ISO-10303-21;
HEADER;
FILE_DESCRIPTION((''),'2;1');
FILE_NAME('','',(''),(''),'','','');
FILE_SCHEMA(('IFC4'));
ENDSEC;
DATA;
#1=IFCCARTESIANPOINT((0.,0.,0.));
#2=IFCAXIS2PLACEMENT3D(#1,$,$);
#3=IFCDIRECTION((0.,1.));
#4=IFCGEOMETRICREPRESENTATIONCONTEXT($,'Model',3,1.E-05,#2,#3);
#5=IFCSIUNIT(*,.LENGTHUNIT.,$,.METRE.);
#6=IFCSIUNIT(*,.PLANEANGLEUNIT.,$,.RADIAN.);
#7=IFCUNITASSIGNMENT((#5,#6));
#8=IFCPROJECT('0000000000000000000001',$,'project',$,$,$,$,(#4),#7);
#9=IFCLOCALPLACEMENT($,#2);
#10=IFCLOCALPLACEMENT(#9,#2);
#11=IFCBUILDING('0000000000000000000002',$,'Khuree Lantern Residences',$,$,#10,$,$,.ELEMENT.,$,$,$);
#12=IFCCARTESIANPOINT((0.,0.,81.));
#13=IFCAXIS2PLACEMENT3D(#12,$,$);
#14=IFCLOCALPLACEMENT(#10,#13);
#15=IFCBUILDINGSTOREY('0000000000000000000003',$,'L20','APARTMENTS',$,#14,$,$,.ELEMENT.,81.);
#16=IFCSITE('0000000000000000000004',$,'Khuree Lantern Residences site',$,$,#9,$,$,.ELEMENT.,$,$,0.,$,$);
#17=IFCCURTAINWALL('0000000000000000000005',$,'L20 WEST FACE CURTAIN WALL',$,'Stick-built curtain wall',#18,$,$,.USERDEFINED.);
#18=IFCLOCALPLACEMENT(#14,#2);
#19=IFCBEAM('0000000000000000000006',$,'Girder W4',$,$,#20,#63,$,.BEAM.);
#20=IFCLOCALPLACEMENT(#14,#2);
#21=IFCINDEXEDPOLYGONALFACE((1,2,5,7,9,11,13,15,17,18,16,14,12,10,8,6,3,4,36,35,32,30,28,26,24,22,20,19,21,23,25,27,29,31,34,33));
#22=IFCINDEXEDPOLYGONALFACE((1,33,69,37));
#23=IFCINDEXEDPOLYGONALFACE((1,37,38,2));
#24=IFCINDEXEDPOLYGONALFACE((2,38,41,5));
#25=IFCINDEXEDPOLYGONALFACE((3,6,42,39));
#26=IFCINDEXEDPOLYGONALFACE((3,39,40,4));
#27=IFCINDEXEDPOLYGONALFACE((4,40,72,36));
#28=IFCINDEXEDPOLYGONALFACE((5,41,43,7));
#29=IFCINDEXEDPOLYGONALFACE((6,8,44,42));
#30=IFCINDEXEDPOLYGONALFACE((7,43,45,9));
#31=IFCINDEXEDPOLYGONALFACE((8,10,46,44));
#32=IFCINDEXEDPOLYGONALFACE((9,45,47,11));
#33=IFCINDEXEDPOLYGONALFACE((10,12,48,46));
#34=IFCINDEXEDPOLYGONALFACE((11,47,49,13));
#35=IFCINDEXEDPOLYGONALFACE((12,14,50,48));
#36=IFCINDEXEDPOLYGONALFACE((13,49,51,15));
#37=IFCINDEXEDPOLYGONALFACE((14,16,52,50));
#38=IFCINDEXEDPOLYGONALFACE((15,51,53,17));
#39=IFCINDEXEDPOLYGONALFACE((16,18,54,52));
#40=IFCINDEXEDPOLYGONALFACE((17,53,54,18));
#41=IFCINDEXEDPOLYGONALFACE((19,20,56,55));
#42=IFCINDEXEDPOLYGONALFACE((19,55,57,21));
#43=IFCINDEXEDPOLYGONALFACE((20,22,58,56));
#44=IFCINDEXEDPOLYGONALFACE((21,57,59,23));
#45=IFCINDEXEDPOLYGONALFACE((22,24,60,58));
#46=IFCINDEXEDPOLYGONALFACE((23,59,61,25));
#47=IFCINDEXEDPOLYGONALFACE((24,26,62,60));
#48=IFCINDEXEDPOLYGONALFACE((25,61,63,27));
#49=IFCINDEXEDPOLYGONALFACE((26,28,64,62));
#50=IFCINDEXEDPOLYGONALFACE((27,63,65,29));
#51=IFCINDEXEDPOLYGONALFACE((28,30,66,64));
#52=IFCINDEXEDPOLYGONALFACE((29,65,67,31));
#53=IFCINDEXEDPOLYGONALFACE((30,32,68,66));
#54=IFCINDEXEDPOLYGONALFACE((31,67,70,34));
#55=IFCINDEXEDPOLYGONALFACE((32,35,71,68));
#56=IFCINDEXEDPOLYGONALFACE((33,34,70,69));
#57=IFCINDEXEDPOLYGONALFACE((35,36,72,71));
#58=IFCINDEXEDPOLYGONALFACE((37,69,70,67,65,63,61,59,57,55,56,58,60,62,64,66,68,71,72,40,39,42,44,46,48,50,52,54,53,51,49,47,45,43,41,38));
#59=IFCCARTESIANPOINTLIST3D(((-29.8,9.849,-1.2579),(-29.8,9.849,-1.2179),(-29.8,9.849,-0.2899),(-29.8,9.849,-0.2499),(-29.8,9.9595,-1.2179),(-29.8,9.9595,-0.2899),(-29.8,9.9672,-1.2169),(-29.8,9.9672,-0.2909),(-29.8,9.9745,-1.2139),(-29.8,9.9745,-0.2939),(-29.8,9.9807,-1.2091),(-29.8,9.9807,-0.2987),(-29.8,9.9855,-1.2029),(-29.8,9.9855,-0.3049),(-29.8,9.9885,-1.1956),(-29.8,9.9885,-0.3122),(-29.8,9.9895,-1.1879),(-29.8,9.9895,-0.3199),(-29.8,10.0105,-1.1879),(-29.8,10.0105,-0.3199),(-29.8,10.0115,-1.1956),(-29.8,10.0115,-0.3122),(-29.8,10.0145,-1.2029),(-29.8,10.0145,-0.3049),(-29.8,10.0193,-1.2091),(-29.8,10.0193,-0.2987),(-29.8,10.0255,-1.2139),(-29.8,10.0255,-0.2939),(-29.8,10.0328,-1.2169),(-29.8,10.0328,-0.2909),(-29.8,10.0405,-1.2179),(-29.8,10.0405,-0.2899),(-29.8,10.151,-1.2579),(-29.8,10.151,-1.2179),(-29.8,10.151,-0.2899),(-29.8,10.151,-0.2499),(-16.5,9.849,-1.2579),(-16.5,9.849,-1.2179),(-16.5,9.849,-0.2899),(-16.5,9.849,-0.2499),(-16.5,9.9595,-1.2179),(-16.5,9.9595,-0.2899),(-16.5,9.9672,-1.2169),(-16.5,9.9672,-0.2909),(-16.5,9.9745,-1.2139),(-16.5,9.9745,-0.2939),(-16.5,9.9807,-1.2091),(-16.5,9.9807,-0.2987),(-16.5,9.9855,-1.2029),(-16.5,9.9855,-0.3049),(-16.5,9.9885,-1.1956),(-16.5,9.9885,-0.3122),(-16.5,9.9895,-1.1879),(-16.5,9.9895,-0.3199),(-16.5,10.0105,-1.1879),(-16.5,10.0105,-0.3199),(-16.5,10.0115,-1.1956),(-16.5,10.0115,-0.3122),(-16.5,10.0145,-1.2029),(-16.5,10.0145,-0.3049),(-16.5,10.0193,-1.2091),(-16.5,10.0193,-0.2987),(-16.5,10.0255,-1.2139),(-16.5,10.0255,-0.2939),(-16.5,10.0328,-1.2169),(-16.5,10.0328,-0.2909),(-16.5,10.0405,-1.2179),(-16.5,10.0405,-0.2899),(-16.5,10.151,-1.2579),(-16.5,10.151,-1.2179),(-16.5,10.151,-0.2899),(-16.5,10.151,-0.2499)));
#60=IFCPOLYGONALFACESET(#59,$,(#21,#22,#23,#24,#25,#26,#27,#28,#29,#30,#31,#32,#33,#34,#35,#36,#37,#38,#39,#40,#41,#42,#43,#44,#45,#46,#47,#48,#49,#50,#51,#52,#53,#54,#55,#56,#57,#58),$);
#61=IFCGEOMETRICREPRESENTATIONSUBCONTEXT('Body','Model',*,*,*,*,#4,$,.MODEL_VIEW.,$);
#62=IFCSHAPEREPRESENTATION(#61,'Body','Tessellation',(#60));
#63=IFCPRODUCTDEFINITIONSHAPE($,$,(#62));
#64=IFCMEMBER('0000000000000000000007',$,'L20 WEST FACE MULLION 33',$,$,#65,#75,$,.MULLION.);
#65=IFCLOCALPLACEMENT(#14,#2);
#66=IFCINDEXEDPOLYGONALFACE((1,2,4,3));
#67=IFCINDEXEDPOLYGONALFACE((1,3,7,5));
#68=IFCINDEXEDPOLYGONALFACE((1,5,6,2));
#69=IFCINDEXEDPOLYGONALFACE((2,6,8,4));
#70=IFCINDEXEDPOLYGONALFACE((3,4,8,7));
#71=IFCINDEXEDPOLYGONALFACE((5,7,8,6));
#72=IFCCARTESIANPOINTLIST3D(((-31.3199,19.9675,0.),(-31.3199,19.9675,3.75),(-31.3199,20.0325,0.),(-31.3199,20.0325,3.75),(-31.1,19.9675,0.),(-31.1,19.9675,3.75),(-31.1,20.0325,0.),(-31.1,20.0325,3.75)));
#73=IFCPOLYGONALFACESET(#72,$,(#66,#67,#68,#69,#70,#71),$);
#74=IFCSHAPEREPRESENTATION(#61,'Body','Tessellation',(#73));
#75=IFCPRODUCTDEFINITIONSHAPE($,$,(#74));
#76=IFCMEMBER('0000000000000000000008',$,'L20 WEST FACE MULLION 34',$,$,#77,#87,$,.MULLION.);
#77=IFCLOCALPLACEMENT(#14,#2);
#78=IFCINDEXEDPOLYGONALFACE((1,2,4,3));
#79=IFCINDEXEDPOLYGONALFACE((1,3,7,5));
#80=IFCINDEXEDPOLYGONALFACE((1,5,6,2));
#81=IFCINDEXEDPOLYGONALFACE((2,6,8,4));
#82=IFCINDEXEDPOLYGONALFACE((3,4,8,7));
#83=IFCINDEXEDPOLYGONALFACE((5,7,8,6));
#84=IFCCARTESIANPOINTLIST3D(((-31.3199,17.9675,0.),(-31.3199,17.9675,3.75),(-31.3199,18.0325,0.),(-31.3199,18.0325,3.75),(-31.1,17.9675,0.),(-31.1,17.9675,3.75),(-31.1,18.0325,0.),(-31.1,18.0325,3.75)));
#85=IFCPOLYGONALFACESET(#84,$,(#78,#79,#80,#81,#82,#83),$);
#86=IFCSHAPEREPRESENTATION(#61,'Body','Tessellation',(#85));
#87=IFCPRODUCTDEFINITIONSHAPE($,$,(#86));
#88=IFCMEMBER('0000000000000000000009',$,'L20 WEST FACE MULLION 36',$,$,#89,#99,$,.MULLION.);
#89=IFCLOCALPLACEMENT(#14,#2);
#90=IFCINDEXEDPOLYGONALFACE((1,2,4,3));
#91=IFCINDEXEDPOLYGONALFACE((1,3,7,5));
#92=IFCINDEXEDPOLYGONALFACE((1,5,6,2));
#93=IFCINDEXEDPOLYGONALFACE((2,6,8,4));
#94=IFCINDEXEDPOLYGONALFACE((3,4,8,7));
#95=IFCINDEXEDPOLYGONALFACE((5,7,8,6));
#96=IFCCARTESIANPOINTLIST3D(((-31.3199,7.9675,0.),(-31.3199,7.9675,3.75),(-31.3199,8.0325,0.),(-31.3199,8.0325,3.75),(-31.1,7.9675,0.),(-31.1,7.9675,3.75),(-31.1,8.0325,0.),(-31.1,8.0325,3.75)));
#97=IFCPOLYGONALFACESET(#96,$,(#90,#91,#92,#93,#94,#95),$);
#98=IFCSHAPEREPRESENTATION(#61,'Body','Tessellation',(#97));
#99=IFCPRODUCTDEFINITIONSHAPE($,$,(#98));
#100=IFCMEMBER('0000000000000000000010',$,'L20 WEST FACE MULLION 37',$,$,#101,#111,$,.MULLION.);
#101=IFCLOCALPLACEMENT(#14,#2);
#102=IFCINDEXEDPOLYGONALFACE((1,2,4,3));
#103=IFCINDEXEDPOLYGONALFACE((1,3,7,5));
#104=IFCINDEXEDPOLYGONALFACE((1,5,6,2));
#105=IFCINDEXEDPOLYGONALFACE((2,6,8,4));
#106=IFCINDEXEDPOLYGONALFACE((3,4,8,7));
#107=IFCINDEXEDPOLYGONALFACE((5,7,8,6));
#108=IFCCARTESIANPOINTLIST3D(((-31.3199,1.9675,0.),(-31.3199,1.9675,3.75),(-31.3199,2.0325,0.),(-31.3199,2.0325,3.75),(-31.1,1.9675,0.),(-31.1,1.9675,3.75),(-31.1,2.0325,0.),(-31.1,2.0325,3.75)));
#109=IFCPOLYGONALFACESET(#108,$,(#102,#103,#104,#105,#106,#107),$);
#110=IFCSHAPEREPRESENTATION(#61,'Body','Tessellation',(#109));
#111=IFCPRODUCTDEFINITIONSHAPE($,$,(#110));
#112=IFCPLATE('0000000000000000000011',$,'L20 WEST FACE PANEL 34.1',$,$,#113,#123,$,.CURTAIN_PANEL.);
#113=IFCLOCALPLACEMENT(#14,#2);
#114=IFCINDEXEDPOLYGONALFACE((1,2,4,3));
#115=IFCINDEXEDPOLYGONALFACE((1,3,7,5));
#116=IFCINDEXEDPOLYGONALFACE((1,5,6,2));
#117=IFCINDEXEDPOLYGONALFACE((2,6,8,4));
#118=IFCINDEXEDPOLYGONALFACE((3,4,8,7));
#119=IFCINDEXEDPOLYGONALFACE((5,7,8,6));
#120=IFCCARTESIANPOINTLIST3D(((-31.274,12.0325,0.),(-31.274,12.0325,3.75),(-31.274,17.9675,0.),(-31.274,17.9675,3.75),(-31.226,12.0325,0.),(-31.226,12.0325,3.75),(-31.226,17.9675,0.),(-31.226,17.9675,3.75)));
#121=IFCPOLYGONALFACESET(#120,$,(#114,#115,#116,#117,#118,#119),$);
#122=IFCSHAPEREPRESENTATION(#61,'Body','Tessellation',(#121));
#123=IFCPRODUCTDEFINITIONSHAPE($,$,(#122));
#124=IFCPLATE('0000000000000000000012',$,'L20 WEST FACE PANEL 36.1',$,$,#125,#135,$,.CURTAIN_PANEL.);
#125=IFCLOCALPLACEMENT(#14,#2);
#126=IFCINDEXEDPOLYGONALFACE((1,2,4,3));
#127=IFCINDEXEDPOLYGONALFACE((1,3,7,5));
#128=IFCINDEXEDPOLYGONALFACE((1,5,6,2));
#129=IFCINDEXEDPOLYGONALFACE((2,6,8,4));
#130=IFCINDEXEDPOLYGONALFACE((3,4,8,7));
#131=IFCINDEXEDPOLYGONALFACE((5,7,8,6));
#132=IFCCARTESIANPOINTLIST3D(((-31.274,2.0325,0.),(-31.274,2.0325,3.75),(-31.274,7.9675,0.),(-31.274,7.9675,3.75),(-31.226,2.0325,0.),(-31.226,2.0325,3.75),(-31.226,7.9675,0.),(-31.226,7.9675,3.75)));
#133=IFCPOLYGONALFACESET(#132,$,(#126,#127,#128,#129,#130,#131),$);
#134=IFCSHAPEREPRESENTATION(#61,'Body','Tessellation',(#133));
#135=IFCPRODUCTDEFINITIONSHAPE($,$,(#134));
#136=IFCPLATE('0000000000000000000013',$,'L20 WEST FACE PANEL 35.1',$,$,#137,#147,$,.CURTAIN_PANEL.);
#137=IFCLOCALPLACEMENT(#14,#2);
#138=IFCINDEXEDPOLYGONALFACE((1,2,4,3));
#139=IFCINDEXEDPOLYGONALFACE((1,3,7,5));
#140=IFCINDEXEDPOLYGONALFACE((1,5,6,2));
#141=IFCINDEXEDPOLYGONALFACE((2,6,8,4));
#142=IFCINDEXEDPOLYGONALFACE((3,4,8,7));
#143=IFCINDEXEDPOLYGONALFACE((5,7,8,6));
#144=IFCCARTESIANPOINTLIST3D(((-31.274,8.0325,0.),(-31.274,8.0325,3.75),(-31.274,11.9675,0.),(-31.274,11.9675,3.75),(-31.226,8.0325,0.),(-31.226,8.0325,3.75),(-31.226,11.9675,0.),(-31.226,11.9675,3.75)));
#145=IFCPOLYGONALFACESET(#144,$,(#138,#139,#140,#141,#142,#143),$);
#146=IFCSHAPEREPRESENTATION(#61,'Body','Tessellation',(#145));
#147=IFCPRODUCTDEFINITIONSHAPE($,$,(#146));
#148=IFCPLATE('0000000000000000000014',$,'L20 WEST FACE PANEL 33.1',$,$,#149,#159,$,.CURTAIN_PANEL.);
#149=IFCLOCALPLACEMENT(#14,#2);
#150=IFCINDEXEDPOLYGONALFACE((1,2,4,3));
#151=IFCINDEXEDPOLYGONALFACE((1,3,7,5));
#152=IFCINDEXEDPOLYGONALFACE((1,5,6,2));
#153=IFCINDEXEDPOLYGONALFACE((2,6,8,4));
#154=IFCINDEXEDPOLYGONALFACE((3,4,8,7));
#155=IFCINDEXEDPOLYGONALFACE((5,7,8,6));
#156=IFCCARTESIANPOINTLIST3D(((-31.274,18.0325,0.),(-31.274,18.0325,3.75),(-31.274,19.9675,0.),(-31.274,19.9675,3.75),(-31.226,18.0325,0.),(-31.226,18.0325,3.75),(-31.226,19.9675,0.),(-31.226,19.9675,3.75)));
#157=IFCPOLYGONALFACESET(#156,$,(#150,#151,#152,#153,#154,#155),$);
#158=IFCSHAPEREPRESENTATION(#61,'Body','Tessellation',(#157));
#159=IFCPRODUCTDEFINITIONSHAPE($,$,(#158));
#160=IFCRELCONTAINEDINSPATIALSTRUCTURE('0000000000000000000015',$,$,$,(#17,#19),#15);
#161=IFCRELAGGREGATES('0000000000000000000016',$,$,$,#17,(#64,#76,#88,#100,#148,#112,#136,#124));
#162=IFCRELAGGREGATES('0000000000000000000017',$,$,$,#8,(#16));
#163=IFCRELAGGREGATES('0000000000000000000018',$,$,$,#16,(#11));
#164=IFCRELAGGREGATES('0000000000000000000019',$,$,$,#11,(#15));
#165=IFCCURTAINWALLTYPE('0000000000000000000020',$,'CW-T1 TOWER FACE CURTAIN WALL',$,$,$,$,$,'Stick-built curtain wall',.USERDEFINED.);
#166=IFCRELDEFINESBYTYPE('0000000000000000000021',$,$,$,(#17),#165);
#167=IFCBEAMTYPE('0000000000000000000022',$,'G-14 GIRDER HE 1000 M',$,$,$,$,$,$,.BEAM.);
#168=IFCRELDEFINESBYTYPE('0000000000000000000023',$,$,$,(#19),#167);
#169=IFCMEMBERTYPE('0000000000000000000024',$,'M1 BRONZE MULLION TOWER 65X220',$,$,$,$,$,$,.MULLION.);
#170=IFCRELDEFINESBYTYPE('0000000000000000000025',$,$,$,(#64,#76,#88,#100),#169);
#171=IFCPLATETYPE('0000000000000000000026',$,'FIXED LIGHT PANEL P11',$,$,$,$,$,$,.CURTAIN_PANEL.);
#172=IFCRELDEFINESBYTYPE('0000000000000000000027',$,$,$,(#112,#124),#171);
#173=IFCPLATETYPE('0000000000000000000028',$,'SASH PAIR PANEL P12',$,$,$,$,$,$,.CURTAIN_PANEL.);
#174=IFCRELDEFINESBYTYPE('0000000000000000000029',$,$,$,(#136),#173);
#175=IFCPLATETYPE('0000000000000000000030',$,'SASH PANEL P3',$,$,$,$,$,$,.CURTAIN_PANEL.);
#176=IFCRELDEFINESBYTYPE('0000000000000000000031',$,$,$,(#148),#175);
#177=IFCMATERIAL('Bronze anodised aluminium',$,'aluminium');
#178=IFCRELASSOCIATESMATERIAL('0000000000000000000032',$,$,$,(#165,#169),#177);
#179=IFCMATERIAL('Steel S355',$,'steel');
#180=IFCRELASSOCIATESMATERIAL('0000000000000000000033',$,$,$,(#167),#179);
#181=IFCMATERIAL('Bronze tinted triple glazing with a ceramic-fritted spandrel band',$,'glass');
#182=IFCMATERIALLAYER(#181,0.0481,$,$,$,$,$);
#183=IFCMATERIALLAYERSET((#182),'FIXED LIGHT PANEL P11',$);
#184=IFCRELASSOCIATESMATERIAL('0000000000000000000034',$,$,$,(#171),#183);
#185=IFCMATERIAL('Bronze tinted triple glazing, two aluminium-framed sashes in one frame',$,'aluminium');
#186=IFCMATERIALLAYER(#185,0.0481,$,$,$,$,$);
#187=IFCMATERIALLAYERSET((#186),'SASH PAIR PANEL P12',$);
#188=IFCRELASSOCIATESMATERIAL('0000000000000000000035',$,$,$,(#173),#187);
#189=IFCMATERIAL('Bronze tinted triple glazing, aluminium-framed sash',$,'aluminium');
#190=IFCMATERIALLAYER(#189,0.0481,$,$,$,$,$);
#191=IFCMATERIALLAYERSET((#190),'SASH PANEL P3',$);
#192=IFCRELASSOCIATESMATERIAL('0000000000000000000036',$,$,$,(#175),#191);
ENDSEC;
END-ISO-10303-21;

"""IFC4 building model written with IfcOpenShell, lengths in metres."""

from ifc_helpers import new_model, si_unit, direction, frame, origin, origin_2d, place, context, subcontext, project, spatial, rectangle, i_section, extrude, material, layer, layer_set, material_profile, profile_set, type_object, element, aggregate, save


model = new_model("IFC4")

# Units and contexts
model_context = context("Model", 3, precision=1e-05, world=origin(), true_north=direction((0.0, 1.0)))
body_context = subcontext(model_context, "Body", "Model", "MODEL_VIEW")
ifc_project = project(units=[si_unit("LENGTHUNIT", "METRE"), si_unit("PLANEANGLEUNIT", "RADIAN")], contexts=[model_context])

# Site, building, storey
site_placement = place(None, origin())
site = spatial("IfcSite", under=ifc_project, at=site_placement, Name="Khuree Lantern Residences site", CompositionType="ELEMENT", RefElevation=0.0)
building_placement = place(site_placement, origin())
building = spatial("IfcBuilding", under=site, at=building_placement, Name="Khuree Lantern Residences", CompositionType="ELEMENT")
storey_placement = place(building_placement, frame((0.0, 0.0, 81.0)))
storey = spatial("IfcBuildingStorey", under=building, at=storey_placement, Name="L20", Description="APARTMENTS", CompositionType="ELEMENT", Elevation=81.0)

# Shared definitions
ifc_material_1 = material(Name="Steel S355", Category="steel")

# Curtain wall
ifc_material_2 = material(Name="Bronze anodised aluminium", Category="aluminium")
curtain_wall_type = type_object("IfcCurtainWallType", Name="CW-T1 TOWER FACE CURTAIN WALL", ElementType="Stick-built curtain wall", PredefinedType="USERDEFINED", material=ifc_material_2)
curtain_wall_placement = place(storey_placement, origin())
curtain_wall = element("IfcCurtainWall", 1, at=curtain_wall_placement, inside=storey, type_object=curtain_wall_type, Name="L20 WEST FACE CURTAIN WALL", ObjectType="Stick-built curtain wall", PredefinedType="USERDEFINED")

# Beam
ifc_material_profile_1 = material_profile(ifc_material_1, i_section(OverallWidth=0.302, OverallDepth=1.0081, WebThickness=0.021, FlangeThickness=0.04, FilletRadius=0.03, at=origin_2d()), Name="HE 1000 M")
ifc_profile_set_1 = profile_set([ifc_material_profile_1], Name="Steel S355")
beam_type_1 = type_object("IfcBeamType", Name="G-14 GIRDER HE 1000 M", PredefinedType="BEAM", material=ifc_profile_set_1)
beam_1_placement = place(storey_placement, frame((-29.8, 10.0, -0.7539), z_axis=(1.0, 0.0, 0.0), x_axis=(0.0, 1.0, 0.0)))
element("IfcBeam", 2, at=beam_1_placement, inside=storey, type_object=beam_type_1, Name="Girder W4", PredefinedType="BEAM", context=body_context, shape_type="SweptSolid", body=[
    extrude(i_section(OverallWidth=0.302, OverallDepth=1.0081, WebThickness=0.021, FlangeThickness=0.04, FilletRadius=0.03, at=origin_2d()), origin(), (0.0, 0.0, 1.0), 13.3),
])

# Members
ifc_material_profile_2 = material_profile(ifc_material_2, rectangle(XDim=0.0649, YDim=0.22, at=origin_2d()), Name="M1 65X220")
ifc_profile_set_2 = profile_set([ifc_material_profile_2], Name="Bronze anodised aluminium")
member_type_1 = type_object("IfcMemberType", Name="M1 BRONZE MULLION TOWER 65X220", PredefinedType="MULLION", material=ifc_profile_set_2)
member_1_placement = place(storey_placement, frame((-31.21, 20.0, 0.0), z_axis=(0.0, 0.0, 1.0), x_axis=(0.0, -1.0, 0.0)))
member_1 = element("IfcMember", 3, at=member_1_placement, type_object=member_type_1, Name="L20 WEST FACE MULLION 33", PredefinedType="MULLION", context=body_context, shape_type="SweptSolid", body=[
    extrude(rectangle(XDim=0.0649, YDim=0.22, at=origin_2d()), origin(), (0.0, 0.0, 1.0), 3.75),
])
member_2_placement = place(storey_placement, frame((-31.21, 18.0, 0.0), z_axis=(0.0, 0.0, 1.0), x_axis=(0.0, -1.0, 0.0)))
member_2 = element("IfcMember", 4, at=member_2_placement, type_object=member_type_1, Name="L20 WEST FACE MULLION 34", PredefinedType="MULLION", context=body_context, shape_type="SweptSolid", body=[
    extrude(rectangle(XDim=0.0649, YDim=0.22, at=origin_2d()), origin(), (0.0, 0.0, 1.0), 3.75),
])
member_3_placement = place(storey_placement, frame((-31.21, 8.0, 0.0), z_axis=(0.0, 0.0, 1.0), x_axis=(0.0, -1.0, 0.0)))
member_3 = element("IfcMember", 5, at=member_3_placement, type_object=member_type_1, Name="L20 WEST FACE MULLION 36", PredefinedType="MULLION", context=body_context, shape_type="SweptSolid", body=[
    extrude(rectangle(XDim=0.0649, YDim=0.22, at=origin_2d()), origin(), (0.0, 0.0, 1.0), 3.75),
])
member_4_placement = place(storey_placement, frame((-31.21, 2.0, 0.0), z_axis=(0.0, 0.0, 1.0), x_axis=(0.0, -1.0, 0.0)))
member_4 = element("IfcMember", 6, at=member_4_placement, type_object=member_type_1, Name="L20 WEST FACE MULLION 37", PredefinedType="MULLION", context=body_context, shape_type="SweptSolid", body=[
    extrude(rectangle(XDim=0.0649, YDim=0.22, at=origin_2d()), origin(), (0.0, 0.0, 1.0), 3.75),
])

# Plates
ifc_material_3 = material(Name="Bronze tinted triple glazing with a ceramic-fritted spandrel band", Category="glass")
ifc_layer_1 = layer(ifc_material_3, 0.0481)
ifc_layer_set_1 = layer_set([ifc_layer_1], Name="FIXED LIGHT PANEL P11")
plate_type_1 = type_object("IfcPlateType", Name="FIXED LIGHT PANEL P11", PredefinedType="CURTAIN_PANEL", material=ifc_layer_set_1)
plate_1_placement = place(storey_placement, frame((-31.25, 15.0, 0.0), z_axis=(0.0, 0.0, 1.0), x_axis=(0.0, -1.0, 0.0)))
plate_1 = element("IfcPlate", 7, at=plate_1_placement, type_object=plate_type_1, Name="L20 WEST FACE PANEL 34.1", PredefinedType="CURTAIN_PANEL", context=body_context, shape_type="SweptSolid", body=[
    extrude(rectangle(XDim=5.9351, YDim=0.0481, at=origin_2d()), origin(), (0.0, 0.0, 1.0), 3.75),
])
plate_2_placement = place(storey_placement, frame((-31.25, 5.0, 0.0), z_axis=(0.0, 0.0, 1.0), x_axis=(0.0, -1.0, 0.0)))
plate_2 = element("IfcPlate", 8, at=plate_2_placement, type_object=plate_type_1, Name="L20 WEST FACE PANEL 36.1", PredefinedType="CURTAIN_PANEL", context=body_context, shape_type="SweptSolid", body=[
    extrude(rectangle(XDim=5.9351, YDim=0.0481, at=origin_2d()), origin(), (0.0, 0.0, 1.0), 3.75),
])
ifc_material_4 = material(Name="Bronze tinted triple glazing, two aluminium-framed sashes in one frame", Category="aluminium")
ifc_layer_2 = layer(ifc_material_4, 0.0481)
ifc_layer_set_2 = layer_set([ifc_layer_2], Name="SASH PAIR PANEL P12")
plate_type_2 = type_object("IfcPlateType", Name="SASH PAIR PANEL P12", PredefinedType="CURTAIN_PANEL", material=ifc_layer_set_2)
plate_3_placement = place(storey_placement, frame((-31.25, 10.0, 0.0), z_axis=(0.0, 0.0, 1.0), x_axis=(0.0, -1.0, 0.0)))
plate_3 = element("IfcPlate", 9, at=plate_3_placement, type_object=plate_type_2, Name="L20 WEST FACE PANEL 35.1", PredefinedType="CURTAIN_PANEL", context=body_context, shape_type="SweptSolid", body=[
    extrude(rectangle(XDim=3.9351, YDim=0.0481, at=origin_2d()), origin(), (0.0, 0.0, 1.0), 3.75),
])
ifc_material_5 = material(Name="Bronze tinted triple glazing, aluminium-framed sash", Category="aluminium")
ifc_layer_3 = layer(ifc_material_5, 0.0481)
ifc_layer_set_3 = layer_set([ifc_layer_3], Name="SASH PANEL P3")
plate_type_3 = type_object("IfcPlateType", Name="SASH PANEL P3", PredefinedType="CURTAIN_PANEL", material=ifc_layer_set_3)
plate_4_placement = place(storey_placement, frame((-31.25, 19.0, 0.0), z_axis=(0.0, 0.0, 1.0), x_axis=(0.0, -1.0, 0.0)))
plate_4 = element("IfcPlate", 10, at=plate_4_placement, type_object=plate_type_3, Name="L20 WEST FACE PANEL 33.1", PredefinedType="CURTAIN_PANEL", context=body_context, shape_type="SweptSolid", body=[
    extrude(rectangle(XDim=1.9351, YDim=0.0481, at=origin_2d()), origin(), (0.0, 0.0, 1.0), 3.75),
])
aggregate(curtain_wall, [member_1, member_2, member_3, member_4, plate_4, plate_1, plate_3, plate_2])

save(model, "model.ifc")
